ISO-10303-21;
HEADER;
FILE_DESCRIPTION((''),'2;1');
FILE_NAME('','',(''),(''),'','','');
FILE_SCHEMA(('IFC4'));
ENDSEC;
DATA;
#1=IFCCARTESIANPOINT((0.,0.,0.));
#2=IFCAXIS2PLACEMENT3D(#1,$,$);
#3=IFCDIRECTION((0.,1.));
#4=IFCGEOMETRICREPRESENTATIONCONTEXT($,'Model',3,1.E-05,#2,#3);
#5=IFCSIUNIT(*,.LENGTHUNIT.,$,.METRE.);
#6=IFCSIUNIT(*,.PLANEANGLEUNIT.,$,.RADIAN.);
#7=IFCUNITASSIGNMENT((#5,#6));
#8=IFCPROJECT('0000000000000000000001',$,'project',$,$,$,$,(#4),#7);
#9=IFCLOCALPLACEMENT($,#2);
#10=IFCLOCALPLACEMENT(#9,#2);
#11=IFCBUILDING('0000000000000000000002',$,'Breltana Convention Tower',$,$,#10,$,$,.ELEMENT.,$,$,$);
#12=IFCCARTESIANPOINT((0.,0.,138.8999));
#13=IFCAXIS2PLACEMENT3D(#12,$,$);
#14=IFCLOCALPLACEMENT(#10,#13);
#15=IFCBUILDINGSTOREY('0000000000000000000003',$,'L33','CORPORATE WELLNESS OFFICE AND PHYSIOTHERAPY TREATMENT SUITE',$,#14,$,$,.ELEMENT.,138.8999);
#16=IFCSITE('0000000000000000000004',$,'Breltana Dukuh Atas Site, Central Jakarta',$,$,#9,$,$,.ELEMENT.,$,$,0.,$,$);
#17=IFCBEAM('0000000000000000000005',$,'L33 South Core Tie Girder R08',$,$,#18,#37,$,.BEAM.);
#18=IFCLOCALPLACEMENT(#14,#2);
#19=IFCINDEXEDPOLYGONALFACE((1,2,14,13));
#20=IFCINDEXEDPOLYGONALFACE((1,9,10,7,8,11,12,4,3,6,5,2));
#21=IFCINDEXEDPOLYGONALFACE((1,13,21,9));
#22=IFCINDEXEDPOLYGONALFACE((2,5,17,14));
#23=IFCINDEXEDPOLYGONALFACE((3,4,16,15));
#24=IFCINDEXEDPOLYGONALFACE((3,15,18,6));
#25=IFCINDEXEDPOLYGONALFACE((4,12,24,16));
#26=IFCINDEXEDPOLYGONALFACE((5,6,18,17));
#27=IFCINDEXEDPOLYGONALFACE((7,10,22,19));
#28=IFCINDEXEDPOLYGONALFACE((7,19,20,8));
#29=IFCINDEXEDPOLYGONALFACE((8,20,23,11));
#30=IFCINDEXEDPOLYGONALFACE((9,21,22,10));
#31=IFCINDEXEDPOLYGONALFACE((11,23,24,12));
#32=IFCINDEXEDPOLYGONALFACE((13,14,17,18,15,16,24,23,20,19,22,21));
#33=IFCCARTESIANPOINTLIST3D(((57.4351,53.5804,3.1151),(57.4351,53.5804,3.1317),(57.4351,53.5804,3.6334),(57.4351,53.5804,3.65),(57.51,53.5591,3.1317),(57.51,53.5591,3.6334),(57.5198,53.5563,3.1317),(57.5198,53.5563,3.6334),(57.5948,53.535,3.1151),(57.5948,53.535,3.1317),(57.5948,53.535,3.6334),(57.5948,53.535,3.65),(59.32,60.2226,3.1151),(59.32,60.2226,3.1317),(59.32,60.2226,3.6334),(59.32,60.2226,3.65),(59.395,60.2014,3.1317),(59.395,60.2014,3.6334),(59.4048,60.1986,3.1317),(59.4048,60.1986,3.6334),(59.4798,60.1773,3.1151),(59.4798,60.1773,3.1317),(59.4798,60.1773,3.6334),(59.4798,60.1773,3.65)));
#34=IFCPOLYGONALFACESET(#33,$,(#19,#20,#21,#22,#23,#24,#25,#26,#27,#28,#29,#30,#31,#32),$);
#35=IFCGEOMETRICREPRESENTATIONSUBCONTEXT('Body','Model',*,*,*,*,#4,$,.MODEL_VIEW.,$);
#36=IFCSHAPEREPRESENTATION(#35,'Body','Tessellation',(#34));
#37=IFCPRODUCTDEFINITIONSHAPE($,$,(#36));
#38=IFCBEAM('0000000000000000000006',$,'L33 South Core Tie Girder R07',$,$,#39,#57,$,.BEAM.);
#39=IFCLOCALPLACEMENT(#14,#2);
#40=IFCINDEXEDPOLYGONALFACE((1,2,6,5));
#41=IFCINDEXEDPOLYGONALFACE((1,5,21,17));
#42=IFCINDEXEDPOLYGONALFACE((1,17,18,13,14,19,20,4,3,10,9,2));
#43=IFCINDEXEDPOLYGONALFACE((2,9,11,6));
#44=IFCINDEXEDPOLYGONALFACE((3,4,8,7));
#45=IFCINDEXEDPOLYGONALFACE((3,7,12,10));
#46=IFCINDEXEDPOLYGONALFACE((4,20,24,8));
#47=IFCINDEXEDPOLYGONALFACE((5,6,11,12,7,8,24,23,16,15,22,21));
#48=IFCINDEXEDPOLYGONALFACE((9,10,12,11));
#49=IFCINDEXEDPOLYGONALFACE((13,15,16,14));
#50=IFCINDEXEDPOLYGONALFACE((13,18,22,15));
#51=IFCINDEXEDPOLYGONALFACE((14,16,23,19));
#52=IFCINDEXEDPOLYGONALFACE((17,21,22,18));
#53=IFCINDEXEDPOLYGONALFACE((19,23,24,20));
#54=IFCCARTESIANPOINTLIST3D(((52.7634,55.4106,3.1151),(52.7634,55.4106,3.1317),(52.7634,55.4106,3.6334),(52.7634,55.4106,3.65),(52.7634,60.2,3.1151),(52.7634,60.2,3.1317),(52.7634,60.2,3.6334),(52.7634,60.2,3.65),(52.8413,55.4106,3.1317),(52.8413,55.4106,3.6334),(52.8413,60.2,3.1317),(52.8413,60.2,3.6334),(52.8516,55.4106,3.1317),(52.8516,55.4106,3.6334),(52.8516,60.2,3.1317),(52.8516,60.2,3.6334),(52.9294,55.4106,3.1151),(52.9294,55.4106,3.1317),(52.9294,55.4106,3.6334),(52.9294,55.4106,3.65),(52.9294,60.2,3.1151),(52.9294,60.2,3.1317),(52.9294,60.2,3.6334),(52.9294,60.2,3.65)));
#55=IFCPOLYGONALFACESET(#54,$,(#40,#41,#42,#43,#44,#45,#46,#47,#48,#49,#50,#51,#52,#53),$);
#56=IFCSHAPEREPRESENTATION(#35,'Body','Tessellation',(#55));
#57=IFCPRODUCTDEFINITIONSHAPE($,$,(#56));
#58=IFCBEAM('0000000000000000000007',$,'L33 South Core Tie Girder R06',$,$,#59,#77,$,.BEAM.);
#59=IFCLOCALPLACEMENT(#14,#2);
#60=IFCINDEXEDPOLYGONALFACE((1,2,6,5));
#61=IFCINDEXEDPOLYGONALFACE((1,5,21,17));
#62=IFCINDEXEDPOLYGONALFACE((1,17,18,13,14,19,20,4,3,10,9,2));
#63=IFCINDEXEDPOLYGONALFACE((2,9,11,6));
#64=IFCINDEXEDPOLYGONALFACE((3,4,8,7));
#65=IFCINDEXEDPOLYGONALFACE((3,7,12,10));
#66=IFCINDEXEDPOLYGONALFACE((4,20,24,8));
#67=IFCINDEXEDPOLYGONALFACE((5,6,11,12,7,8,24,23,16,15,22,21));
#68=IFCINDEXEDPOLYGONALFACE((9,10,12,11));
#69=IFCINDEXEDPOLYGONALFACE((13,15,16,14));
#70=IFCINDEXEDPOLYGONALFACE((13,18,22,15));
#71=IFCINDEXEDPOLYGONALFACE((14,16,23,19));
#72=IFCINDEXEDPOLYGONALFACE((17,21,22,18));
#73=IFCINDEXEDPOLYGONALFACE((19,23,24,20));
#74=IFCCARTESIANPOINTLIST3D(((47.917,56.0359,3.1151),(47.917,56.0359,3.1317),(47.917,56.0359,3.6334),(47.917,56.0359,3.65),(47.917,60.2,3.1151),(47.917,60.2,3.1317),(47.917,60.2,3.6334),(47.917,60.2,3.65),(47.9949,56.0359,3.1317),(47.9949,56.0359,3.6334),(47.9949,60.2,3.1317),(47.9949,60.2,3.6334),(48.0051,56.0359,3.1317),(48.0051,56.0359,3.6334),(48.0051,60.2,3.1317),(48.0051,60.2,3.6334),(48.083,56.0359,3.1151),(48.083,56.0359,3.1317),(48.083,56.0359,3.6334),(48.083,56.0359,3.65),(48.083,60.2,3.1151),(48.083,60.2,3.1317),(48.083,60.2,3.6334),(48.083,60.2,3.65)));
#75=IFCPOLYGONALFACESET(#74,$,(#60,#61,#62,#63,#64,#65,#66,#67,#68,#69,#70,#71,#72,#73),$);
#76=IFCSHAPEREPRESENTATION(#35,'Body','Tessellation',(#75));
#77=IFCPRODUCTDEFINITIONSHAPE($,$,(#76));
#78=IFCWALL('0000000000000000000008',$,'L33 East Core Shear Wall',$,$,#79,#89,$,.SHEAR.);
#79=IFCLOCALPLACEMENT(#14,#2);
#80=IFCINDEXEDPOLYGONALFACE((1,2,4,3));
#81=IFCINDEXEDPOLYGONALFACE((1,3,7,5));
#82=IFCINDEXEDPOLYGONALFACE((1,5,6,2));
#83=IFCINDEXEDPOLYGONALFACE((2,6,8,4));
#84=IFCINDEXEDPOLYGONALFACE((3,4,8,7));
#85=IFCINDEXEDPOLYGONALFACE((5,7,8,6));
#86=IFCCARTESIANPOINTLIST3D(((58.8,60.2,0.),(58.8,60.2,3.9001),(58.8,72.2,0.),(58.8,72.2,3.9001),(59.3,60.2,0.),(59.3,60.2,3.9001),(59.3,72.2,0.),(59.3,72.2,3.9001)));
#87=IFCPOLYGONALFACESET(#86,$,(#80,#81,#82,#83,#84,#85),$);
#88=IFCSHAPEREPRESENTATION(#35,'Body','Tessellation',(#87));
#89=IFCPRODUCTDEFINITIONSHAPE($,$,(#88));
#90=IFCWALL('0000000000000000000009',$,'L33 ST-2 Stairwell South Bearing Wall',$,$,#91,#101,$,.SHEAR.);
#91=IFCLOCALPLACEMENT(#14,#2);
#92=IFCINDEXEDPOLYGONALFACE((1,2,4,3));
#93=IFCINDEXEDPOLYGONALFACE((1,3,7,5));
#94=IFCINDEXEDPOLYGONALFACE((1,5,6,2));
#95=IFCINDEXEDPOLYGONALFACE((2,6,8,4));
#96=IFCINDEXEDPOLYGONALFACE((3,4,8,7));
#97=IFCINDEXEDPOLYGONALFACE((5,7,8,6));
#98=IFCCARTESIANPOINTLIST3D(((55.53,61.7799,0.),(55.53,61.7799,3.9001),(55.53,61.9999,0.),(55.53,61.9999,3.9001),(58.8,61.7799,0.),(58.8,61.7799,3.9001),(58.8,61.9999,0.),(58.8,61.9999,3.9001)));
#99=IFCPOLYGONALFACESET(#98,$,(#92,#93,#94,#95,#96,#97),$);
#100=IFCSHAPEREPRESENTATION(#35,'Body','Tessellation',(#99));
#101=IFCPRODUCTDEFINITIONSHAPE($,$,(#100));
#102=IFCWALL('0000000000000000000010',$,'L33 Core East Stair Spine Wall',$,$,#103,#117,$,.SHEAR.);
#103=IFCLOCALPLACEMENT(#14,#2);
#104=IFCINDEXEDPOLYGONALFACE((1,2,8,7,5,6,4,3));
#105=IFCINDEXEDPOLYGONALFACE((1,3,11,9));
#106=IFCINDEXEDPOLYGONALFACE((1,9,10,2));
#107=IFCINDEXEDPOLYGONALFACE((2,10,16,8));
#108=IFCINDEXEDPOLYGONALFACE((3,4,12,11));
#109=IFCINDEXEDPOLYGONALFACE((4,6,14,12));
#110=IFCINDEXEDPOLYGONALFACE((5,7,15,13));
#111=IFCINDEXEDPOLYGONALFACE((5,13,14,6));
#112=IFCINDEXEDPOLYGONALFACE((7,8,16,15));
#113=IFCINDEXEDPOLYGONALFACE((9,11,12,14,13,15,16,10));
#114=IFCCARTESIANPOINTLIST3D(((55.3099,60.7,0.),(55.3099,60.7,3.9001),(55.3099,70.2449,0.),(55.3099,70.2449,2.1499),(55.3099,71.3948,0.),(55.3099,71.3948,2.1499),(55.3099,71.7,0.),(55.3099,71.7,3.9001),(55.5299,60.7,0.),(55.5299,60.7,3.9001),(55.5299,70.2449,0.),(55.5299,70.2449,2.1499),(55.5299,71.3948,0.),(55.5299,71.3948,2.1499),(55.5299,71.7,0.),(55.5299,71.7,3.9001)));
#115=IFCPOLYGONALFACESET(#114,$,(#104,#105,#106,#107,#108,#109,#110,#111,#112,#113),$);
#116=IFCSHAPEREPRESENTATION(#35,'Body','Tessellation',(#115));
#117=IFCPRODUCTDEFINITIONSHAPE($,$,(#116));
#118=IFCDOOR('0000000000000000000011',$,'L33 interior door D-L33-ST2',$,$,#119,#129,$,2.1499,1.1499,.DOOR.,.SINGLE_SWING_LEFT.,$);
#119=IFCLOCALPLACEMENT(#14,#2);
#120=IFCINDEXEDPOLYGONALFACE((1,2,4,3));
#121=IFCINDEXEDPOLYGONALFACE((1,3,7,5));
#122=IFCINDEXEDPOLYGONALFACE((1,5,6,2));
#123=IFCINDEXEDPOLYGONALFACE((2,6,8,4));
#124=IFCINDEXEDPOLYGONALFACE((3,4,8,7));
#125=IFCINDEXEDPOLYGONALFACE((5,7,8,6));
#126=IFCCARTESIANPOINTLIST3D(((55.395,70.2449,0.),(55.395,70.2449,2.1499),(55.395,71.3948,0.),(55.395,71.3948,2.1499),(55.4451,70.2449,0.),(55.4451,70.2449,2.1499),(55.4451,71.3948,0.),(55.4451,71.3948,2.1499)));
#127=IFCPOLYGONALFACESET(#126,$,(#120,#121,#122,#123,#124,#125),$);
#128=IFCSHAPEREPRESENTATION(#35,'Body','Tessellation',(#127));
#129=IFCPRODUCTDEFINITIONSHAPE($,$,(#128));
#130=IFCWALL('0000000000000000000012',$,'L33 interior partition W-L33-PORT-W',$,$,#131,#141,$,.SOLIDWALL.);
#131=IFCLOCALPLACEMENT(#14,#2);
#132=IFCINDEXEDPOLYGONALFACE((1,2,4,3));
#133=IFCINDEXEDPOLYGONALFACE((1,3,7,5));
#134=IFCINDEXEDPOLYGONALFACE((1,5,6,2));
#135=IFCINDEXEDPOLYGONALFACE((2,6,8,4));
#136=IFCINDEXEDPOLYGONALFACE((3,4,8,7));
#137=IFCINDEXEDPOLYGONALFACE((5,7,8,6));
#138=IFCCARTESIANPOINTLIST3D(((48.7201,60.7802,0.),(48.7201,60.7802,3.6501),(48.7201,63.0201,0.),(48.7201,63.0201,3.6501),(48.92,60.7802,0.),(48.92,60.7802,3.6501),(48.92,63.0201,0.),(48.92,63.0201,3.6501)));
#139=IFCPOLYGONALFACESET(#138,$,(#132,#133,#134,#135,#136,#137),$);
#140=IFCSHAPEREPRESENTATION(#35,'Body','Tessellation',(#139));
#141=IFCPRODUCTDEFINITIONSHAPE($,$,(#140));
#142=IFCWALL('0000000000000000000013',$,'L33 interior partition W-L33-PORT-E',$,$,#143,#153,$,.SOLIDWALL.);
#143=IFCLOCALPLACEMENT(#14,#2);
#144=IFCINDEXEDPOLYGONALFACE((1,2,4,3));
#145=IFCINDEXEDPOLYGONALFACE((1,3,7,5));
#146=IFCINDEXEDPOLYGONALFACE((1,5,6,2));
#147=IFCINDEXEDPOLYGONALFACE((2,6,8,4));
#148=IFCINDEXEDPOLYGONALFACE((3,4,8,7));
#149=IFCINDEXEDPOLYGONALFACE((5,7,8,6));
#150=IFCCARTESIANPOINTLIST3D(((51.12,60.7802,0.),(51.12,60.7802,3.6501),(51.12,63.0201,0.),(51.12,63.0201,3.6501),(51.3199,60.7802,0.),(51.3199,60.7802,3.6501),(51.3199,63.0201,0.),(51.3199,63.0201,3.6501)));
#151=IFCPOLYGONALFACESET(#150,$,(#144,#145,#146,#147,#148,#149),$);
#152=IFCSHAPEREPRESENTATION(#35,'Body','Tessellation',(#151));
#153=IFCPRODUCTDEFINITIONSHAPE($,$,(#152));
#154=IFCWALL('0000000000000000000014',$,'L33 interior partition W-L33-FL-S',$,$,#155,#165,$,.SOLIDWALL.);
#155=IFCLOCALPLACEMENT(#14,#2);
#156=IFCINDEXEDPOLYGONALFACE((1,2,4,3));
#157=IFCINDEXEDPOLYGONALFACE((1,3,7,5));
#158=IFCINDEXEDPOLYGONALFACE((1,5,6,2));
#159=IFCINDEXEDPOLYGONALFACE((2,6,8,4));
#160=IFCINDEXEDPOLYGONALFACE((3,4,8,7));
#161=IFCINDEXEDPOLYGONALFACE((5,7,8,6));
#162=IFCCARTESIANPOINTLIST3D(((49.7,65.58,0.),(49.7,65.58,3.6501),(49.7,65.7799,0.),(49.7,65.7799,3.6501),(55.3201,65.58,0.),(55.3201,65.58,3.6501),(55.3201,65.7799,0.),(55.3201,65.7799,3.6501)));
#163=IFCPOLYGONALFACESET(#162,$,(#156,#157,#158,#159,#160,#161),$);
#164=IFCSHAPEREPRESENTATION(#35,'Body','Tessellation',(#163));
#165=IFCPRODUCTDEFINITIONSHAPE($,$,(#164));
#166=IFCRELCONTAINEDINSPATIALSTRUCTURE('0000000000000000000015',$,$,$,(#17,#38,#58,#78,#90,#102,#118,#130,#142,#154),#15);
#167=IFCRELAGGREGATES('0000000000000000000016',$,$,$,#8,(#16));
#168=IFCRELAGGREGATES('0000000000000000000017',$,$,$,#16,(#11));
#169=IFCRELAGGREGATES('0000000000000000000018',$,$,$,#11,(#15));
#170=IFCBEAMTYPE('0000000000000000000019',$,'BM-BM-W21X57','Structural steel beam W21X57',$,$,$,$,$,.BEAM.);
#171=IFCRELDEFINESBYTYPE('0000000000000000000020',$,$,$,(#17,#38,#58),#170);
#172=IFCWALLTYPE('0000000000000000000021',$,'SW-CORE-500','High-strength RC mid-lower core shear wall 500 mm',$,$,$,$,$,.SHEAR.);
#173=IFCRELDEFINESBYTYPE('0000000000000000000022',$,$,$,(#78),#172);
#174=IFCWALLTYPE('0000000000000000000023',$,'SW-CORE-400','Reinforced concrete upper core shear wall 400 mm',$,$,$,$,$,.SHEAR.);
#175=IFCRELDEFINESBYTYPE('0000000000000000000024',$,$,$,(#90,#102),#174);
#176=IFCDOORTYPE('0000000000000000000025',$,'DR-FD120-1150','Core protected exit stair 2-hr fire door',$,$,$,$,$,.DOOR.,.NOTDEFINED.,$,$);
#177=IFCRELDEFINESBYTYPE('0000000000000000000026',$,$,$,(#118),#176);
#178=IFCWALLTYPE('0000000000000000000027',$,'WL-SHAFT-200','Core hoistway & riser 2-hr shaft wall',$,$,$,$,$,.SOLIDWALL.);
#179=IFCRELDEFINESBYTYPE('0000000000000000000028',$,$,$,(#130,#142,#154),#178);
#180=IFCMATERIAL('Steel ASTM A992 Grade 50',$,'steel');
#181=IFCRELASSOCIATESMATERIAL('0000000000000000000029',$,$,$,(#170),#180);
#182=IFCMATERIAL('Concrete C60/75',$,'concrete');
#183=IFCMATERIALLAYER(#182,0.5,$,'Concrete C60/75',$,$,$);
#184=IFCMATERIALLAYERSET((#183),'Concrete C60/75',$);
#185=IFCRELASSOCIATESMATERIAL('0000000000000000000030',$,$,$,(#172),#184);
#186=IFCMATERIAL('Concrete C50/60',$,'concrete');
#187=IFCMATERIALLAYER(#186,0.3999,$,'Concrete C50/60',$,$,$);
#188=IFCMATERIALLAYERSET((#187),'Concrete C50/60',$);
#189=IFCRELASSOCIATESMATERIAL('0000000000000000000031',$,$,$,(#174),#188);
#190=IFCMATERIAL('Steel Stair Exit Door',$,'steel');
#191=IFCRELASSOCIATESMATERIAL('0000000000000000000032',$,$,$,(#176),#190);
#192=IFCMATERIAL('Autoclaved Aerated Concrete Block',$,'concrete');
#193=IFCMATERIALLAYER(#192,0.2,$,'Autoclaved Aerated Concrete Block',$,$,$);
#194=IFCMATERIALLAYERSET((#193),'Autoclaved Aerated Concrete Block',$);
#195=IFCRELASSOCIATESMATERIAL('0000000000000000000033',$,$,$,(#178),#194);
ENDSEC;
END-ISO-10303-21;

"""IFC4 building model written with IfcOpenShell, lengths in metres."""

from ifc_helpers import new_model, si_unit, direction, frame, frame_2d, origin, origin_2d, place, context, subcontext, project, spatial, rectangle, i_section, extrude, source, transform, mapped, material, layer, layer_set, material_profile, profile_set, type_object, type_shapes, element, fill, save


model = new_model("IFC4")

# Units and contexts
model_context = context("Model", 3, precision=1e-05, world=origin(), true_north=direction((0.0, 1.0)))
body_context = subcontext(model_context, "Body", "Model", "MODEL_VIEW")
ifc_project = project(units=[si_unit("LENGTHUNIT", "METRE"), si_unit("PLANEANGLEUNIT", "RADIAN")], contexts=[model_context])

# Site, building, storey
site_placement = place(None, origin())
site = spatial("IfcSite", under=ifc_project, at=site_placement, Name="Breltana Dukuh Atas Site, Central Jakarta", CompositionType="ELEMENT", RefElevation=0.0)
building_placement = place(site_placement, origin())
building = spatial("IfcBuilding", under=site, at=building_placement, Name="Breltana Convention Tower", CompositionType="ELEMENT")
storey_placement = place(building_placement, frame((0.0, 0.0, 138.8999)))
storey = spatial("IfcBuildingStorey", under=building, at=storey_placement, Name="L33", Description="CORPORATE WELLNESS OFFICE AND PHYSIOTHERAPY TREATMENT SUITE", CompositionType="ELEMENT", Elevation=138.8999)

# Beams
ifc_material_1 = material(Name="Steel ASTM A992 Grade 50", Category="steel")
ifc_material_profile = material_profile(ifc_material_1, i_section(OverallWidth=0.166, OverallDepth=0.5349, WebThickness=0.0103, FlangeThickness=0.0166, at=origin_2d()), Name="W21X57")
ifc_profile_set = profile_set([ifc_material_profile], Name="Steel ASTM A992 Grade 50")
beam_type = type_object("IfcBeamType", Name="BM-BM-W21X57", Description="Structural steel beam W21X57", PredefinedType="BEAM", material=ifc_profile_set)
shared_shape_1 = source(origin(), body_context, "Body", "SweptSolid", [
    extrude(i_section(OverallWidth=0.166, OverallDepth=0.5349, WebThickness=0.0103, FlangeThickness=0.0166, at=origin_2d()), origin(), (0.0, 0.0, 1.0), 6.9045),
])
type_shapes(beam_type, [shared_shape_1])
beam_1_placement = place(storey_placement, frame((59.3999, 60.2, 3.3826), z_axis=(-0.273007, -0.962012, 0.0), x_axis=(0.962012, -0.273007, 0.0)))
element("IfcBeam", 1, at=beam_1_placement, inside=storey, type_object=beam_type, Name="L33 South Core Tie Girder R08", PredefinedType="BEAM", context=body_context, shape_type="MappedRepresentation", body=[
    mapped(shared_shape_1, transform((0.0, 0.0, 0.0), scale=1.0)),
])
shared_shape_2 = source(origin(), body_context, "Body", "SweptSolid", [
    extrude(i_section(OverallWidth=0.166, OverallDepth=0.5349, WebThickness=0.0103, FlangeThickness=0.0166, at=origin_2d()), origin(), (0.0, 0.0, 1.0), 4.7893),
])
beam_2_placement = place(storey_placement, frame((52.8464, 60.2, 3.3826), z_axis=(0.0, -1.0, 0.0), x_axis=(1.0, 0.0, 0.0)))
element("IfcBeam", 2, at=beam_2_placement, inside=storey, type_object=beam_type, Name="L33 South Core Tie Girder R07", PredefinedType="BEAM", context=body_context, shape_type="MappedRepresentation", body=[
    mapped(shared_shape_2, transform((0.0, 0.0, 0.0), scale=1.0)),
])
shared_shape_3 = source(origin(), body_context, "Body", "SweptSolid", [
    extrude(i_section(OverallWidth=0.166, OverallDepth=0.5349, WebThickness=0.0103, FlangeThickness=0.0166, at=origin_2d()), origin(), (0.0, 0.0, 1.0), 4.1641),
])
beam_3_placement = place(storey_placement, frame((48.0, 60.2, 3.3826), z_axis=(0.0, -1.0, 0.0), x_axis=(1.0, 0.0, 0.0)))
element("IfcBeam", 3, at=beam_3_placement, inside=storey, type_object=beam_type, Name="L33 South Core Tie Girder R06", PredefinedType="BEAM", context=body_context, shape_type="MappedRepresentation", body=[
    mapped(shared_shape_3, transform((0.0, 0.0, 0.0), scale=1.0)),
])

# Walls
ifc_material_2 = material(Name="Concrete C60/75", Category="concrete")
ifc_layer_1 = layer(ifc_material_2, 0.5, Name="Concrete C60/75")
ifc_layer_set_1 = layer_set([ifc_layer_1], Name="Concrete C60/75")
wall_type_1 = type_object("IfcWallType", Name="SW-CORE-500", Description="High-strength RC mid-lower core shear wall 500 mm", PredefinedType="SHEAR", material=ifc_layer_set_1)
shared_shape_4 = source(origin(), body_context, "Body", "SweptSolid", [
    extrude(rectangle(XDim=12.0, YDim=0.5, at=frame_2d((6.0, 0.0))), origin(), (0.0, 0.0, 1.0), 3.9001),
])
wall_1_placement = place(storey_placement, frame((59.05, 60.2, 0.0), z_axis=(0.0, 0.0, 1.0), x_axis=(0.0, 1.0, 0.0)))
element("IfcWall", 4, at=wall_1_placement, inside=storey, type_object=wall_type_1, Name="L33 East Core Shear Wall", PredefinedType="SHEAR", context=body_context, shape_type="MappedRepresentation", body=[
    mapped(shared_shape_4, transform((0.0, 0.0, 0.0), scale=1.0)),
])
ifc_material_3 = material(Name="Concrete C50/60", Category="concrete")
ifc_layer_2 = layer(ifc_material_3, 0.3999, Name="Concrete C50/60")
ifc_layer_set_2 = layer_set([ifc_layer_2], Name="Concrete C50/60")
wall_type_2 = type_object("IfcWallType", Name="SW-CORE-400", Description="Reinforced concrete upper core shear wall 400 mm", PredefinedType="SHEAR", material=ifc_layer_set_2)
shared_shape_5 = source(origin(), body_context, "Body", "SweptSolid", [
    extrude(rectangle(XDim=3.27, YDim=0.22, at=frame_2d((1.635, 0.0))), origin(), (0.0, 0.0, 1.0), 3.9001),
])
wall_2_placement = place(storey_placement, frame((55.53, 61.8899, 0.0), z_axis=(0.0, 0.0, 1.0), x_axis=(1.0, 0.0, 0.0)))
element("IfcWall", 5, at=wall_2_placement, inside=storey, type_object=wall_type_2, Name="L33 ST-2 Stairwell South Bearing Wall", PredefinedType="SHEAR", context=body_context, shape_type="MappedRepresentation", body=[
    mapped(shared_shape_5, transform((0.0, 0.0, 0.0), scale=1.0)),
])

# Wall, opening, door
shared_shape_6 = source(origin(), body_context, "Body", "SweptSolid", [
    extrude(rectangle(XDim=11.0, YDim=0.22, at=frame_2d((5.5, 0.0))), origin(), (0.0, 0.0, 1.0), 3.9001),
])
wall_3_placement = place(storey_placement, frame((55.4199, 60.7, 0.0), z_axis=(0.0, 0.0, 1.0), x_axis=(0.0, 1.0, 0.0)))
wall_3 = element("IfcWall", 6, at=wall_3_placement, inside=storey, type_object=wall_type_2, Name="L33 Core East Stair Spine Wall", PredefinedType="SHEAR", context=body_context, shape_type="MappedRepresentation", body=[
    mapped(shared_shape_6, transform((0.0, 0.0, 0.0), scale=1.0)),
])
opening_placement = place(wall_3_placement, frame((9.5449, 0.0, 0.0)))
opening = element("IfcOpeningElement", 7, at=opening_placement, cuts=wall_3, PredefinedType="OPENING", context=body_context, shape_type="SweptSolid", body=[
    extrude(rectangle(XDim=1.1499, YDim=2.1499, at=frame_2d((0.575, 1.075))), frame((0.0, 0.1201, 0.0), z_axis=(0.0, -1.0, 0.0), x_axis=(1.0, 0.0, 0.0)), (0.0, 0.0, 1.0), 0.24),
])
ifc_material_4 = material(Name="Steel Stair Exit Door", Category="steel")
door_type = type_object("IfcDoorType", Name="DR-FD120-1150", Description="Core protected exit stair 2-hr fire door", OperationType="NOTDEFINED", PredefinedType="DOOR", material=ifc_material_4)
shared_shape_7 = source(origin(), body_context, "Body", "SweptSolid", [
    extrude(rectangle(XDim=1.1499, YDim=2.1499, at=frame_2d((0.575, 1.075))), frame((0.0, 0.0249, 0.0), z_axis=(0.0, -1.0, 0.0), x_axis=(1.0, 0.0, 0.0)), (0.0, 0.0, 1.0), 0.05),
])
type_shapes(door_type, [shared_shape_7])
door_placement = place(opening_placement, origin())
door = element("IfcDoor", 8, at=door_placement, inside=storey, type_object=door_type, Name="L33 interior door D-L33-ST2", OperationType="SINGLE_SWING_LEFT", OverallHeight=2.1499, OverallWidth=1.1499, PredefinedType="DOOR", context=body_context, shape_type="MappedRepresentation", body=[
    mapped(shared_shape_7, transform((0.0, 0.0, 0.0), scale=1.0)),
])
fill(opening, door)

# Walls
ifc_material_5 = material(Name="Autoclaved Aerated Concrete Block", Category="concrete")
ifc_layer_3 = layer(ifc_material_5, 0.2, Name="Autoclaved Aerated Concrete Block")
ifc_layer_set_3 = layer_set([ifc_layer_3], Name="Autoclaved Aerated Concrete Block")
wall_type_3 = type_object("IfcWallType", Name="WL-SHAFT-200", Description="Core hoistway & riser 2-hr shaft wall", PredefinedType="SOLIDWALL", material=ifc_layer_set_3)
shared_shape_8 = source(origin(), body_context, "Body", "SweptSolid", [
    extrude(rectangle(XDim=2.24, YDim=0.2, at=frame_2d((1.1201, 0.0))), origin(), (0.0, 0.0, 1.0), 3.6501),
])
for number, where, z_axis, x_axis, name in (
    (9, (48.8201, 60.78, 0.0), (0.0, 0.0, 1.0), (0.0, 1.0, 0.0), "L33 interior partition W-L33-PORT-W"),
    (10, (51.22, 60.78, 0.0), (0.0, 0.0, 1.0), (0.0, 1.0, 0.0), "L33 interior partition W-L33-PORT-E"),
):
    element("IfcWall", number, at=place(storey_placement, frame(where, z_axis=z_axis, x_axis=x_axis)), inside=storey, type_object=wall_type_3, Name=name, PredefinedType="SOLIDWALL", context=body_context, shape_type="MappedRepresentation", body=[
        mapped(shared_shape_8, transform((0.0, 0.0, 0.0), scale=1.0)),
    ])
shared_shape_9 = source(origin(), body_context, "Body", "SweptSolid", [
    extrude(rectangle(XDim=5.6201, YDim=0.2, at=frame_2d((2.8101, 0.0))), origin(), (0.0, 0.0, 1.0), 3.6501),
])
wall_4_placement = place(storey_placement, frame((49.7, 65.6799, 0.0), z_axis=(0.0, 0.0, 1.0), x_axis=(1.0, 0.0, 0.0)))
element("IfcWall", 11, at=wall_4_placement, inside=storey, type_object=wall_type_3, Name="L33 interior partition W-L33-FL-S", PredefinedType="SOLIDWALL", context=body_context, shape_type="MappedRepresentation", body=[
    mapped(shared_shape_9, transform((0.0, 0.0, 0.0), scale=1.0)),
])

save(model, "model.ifc")
